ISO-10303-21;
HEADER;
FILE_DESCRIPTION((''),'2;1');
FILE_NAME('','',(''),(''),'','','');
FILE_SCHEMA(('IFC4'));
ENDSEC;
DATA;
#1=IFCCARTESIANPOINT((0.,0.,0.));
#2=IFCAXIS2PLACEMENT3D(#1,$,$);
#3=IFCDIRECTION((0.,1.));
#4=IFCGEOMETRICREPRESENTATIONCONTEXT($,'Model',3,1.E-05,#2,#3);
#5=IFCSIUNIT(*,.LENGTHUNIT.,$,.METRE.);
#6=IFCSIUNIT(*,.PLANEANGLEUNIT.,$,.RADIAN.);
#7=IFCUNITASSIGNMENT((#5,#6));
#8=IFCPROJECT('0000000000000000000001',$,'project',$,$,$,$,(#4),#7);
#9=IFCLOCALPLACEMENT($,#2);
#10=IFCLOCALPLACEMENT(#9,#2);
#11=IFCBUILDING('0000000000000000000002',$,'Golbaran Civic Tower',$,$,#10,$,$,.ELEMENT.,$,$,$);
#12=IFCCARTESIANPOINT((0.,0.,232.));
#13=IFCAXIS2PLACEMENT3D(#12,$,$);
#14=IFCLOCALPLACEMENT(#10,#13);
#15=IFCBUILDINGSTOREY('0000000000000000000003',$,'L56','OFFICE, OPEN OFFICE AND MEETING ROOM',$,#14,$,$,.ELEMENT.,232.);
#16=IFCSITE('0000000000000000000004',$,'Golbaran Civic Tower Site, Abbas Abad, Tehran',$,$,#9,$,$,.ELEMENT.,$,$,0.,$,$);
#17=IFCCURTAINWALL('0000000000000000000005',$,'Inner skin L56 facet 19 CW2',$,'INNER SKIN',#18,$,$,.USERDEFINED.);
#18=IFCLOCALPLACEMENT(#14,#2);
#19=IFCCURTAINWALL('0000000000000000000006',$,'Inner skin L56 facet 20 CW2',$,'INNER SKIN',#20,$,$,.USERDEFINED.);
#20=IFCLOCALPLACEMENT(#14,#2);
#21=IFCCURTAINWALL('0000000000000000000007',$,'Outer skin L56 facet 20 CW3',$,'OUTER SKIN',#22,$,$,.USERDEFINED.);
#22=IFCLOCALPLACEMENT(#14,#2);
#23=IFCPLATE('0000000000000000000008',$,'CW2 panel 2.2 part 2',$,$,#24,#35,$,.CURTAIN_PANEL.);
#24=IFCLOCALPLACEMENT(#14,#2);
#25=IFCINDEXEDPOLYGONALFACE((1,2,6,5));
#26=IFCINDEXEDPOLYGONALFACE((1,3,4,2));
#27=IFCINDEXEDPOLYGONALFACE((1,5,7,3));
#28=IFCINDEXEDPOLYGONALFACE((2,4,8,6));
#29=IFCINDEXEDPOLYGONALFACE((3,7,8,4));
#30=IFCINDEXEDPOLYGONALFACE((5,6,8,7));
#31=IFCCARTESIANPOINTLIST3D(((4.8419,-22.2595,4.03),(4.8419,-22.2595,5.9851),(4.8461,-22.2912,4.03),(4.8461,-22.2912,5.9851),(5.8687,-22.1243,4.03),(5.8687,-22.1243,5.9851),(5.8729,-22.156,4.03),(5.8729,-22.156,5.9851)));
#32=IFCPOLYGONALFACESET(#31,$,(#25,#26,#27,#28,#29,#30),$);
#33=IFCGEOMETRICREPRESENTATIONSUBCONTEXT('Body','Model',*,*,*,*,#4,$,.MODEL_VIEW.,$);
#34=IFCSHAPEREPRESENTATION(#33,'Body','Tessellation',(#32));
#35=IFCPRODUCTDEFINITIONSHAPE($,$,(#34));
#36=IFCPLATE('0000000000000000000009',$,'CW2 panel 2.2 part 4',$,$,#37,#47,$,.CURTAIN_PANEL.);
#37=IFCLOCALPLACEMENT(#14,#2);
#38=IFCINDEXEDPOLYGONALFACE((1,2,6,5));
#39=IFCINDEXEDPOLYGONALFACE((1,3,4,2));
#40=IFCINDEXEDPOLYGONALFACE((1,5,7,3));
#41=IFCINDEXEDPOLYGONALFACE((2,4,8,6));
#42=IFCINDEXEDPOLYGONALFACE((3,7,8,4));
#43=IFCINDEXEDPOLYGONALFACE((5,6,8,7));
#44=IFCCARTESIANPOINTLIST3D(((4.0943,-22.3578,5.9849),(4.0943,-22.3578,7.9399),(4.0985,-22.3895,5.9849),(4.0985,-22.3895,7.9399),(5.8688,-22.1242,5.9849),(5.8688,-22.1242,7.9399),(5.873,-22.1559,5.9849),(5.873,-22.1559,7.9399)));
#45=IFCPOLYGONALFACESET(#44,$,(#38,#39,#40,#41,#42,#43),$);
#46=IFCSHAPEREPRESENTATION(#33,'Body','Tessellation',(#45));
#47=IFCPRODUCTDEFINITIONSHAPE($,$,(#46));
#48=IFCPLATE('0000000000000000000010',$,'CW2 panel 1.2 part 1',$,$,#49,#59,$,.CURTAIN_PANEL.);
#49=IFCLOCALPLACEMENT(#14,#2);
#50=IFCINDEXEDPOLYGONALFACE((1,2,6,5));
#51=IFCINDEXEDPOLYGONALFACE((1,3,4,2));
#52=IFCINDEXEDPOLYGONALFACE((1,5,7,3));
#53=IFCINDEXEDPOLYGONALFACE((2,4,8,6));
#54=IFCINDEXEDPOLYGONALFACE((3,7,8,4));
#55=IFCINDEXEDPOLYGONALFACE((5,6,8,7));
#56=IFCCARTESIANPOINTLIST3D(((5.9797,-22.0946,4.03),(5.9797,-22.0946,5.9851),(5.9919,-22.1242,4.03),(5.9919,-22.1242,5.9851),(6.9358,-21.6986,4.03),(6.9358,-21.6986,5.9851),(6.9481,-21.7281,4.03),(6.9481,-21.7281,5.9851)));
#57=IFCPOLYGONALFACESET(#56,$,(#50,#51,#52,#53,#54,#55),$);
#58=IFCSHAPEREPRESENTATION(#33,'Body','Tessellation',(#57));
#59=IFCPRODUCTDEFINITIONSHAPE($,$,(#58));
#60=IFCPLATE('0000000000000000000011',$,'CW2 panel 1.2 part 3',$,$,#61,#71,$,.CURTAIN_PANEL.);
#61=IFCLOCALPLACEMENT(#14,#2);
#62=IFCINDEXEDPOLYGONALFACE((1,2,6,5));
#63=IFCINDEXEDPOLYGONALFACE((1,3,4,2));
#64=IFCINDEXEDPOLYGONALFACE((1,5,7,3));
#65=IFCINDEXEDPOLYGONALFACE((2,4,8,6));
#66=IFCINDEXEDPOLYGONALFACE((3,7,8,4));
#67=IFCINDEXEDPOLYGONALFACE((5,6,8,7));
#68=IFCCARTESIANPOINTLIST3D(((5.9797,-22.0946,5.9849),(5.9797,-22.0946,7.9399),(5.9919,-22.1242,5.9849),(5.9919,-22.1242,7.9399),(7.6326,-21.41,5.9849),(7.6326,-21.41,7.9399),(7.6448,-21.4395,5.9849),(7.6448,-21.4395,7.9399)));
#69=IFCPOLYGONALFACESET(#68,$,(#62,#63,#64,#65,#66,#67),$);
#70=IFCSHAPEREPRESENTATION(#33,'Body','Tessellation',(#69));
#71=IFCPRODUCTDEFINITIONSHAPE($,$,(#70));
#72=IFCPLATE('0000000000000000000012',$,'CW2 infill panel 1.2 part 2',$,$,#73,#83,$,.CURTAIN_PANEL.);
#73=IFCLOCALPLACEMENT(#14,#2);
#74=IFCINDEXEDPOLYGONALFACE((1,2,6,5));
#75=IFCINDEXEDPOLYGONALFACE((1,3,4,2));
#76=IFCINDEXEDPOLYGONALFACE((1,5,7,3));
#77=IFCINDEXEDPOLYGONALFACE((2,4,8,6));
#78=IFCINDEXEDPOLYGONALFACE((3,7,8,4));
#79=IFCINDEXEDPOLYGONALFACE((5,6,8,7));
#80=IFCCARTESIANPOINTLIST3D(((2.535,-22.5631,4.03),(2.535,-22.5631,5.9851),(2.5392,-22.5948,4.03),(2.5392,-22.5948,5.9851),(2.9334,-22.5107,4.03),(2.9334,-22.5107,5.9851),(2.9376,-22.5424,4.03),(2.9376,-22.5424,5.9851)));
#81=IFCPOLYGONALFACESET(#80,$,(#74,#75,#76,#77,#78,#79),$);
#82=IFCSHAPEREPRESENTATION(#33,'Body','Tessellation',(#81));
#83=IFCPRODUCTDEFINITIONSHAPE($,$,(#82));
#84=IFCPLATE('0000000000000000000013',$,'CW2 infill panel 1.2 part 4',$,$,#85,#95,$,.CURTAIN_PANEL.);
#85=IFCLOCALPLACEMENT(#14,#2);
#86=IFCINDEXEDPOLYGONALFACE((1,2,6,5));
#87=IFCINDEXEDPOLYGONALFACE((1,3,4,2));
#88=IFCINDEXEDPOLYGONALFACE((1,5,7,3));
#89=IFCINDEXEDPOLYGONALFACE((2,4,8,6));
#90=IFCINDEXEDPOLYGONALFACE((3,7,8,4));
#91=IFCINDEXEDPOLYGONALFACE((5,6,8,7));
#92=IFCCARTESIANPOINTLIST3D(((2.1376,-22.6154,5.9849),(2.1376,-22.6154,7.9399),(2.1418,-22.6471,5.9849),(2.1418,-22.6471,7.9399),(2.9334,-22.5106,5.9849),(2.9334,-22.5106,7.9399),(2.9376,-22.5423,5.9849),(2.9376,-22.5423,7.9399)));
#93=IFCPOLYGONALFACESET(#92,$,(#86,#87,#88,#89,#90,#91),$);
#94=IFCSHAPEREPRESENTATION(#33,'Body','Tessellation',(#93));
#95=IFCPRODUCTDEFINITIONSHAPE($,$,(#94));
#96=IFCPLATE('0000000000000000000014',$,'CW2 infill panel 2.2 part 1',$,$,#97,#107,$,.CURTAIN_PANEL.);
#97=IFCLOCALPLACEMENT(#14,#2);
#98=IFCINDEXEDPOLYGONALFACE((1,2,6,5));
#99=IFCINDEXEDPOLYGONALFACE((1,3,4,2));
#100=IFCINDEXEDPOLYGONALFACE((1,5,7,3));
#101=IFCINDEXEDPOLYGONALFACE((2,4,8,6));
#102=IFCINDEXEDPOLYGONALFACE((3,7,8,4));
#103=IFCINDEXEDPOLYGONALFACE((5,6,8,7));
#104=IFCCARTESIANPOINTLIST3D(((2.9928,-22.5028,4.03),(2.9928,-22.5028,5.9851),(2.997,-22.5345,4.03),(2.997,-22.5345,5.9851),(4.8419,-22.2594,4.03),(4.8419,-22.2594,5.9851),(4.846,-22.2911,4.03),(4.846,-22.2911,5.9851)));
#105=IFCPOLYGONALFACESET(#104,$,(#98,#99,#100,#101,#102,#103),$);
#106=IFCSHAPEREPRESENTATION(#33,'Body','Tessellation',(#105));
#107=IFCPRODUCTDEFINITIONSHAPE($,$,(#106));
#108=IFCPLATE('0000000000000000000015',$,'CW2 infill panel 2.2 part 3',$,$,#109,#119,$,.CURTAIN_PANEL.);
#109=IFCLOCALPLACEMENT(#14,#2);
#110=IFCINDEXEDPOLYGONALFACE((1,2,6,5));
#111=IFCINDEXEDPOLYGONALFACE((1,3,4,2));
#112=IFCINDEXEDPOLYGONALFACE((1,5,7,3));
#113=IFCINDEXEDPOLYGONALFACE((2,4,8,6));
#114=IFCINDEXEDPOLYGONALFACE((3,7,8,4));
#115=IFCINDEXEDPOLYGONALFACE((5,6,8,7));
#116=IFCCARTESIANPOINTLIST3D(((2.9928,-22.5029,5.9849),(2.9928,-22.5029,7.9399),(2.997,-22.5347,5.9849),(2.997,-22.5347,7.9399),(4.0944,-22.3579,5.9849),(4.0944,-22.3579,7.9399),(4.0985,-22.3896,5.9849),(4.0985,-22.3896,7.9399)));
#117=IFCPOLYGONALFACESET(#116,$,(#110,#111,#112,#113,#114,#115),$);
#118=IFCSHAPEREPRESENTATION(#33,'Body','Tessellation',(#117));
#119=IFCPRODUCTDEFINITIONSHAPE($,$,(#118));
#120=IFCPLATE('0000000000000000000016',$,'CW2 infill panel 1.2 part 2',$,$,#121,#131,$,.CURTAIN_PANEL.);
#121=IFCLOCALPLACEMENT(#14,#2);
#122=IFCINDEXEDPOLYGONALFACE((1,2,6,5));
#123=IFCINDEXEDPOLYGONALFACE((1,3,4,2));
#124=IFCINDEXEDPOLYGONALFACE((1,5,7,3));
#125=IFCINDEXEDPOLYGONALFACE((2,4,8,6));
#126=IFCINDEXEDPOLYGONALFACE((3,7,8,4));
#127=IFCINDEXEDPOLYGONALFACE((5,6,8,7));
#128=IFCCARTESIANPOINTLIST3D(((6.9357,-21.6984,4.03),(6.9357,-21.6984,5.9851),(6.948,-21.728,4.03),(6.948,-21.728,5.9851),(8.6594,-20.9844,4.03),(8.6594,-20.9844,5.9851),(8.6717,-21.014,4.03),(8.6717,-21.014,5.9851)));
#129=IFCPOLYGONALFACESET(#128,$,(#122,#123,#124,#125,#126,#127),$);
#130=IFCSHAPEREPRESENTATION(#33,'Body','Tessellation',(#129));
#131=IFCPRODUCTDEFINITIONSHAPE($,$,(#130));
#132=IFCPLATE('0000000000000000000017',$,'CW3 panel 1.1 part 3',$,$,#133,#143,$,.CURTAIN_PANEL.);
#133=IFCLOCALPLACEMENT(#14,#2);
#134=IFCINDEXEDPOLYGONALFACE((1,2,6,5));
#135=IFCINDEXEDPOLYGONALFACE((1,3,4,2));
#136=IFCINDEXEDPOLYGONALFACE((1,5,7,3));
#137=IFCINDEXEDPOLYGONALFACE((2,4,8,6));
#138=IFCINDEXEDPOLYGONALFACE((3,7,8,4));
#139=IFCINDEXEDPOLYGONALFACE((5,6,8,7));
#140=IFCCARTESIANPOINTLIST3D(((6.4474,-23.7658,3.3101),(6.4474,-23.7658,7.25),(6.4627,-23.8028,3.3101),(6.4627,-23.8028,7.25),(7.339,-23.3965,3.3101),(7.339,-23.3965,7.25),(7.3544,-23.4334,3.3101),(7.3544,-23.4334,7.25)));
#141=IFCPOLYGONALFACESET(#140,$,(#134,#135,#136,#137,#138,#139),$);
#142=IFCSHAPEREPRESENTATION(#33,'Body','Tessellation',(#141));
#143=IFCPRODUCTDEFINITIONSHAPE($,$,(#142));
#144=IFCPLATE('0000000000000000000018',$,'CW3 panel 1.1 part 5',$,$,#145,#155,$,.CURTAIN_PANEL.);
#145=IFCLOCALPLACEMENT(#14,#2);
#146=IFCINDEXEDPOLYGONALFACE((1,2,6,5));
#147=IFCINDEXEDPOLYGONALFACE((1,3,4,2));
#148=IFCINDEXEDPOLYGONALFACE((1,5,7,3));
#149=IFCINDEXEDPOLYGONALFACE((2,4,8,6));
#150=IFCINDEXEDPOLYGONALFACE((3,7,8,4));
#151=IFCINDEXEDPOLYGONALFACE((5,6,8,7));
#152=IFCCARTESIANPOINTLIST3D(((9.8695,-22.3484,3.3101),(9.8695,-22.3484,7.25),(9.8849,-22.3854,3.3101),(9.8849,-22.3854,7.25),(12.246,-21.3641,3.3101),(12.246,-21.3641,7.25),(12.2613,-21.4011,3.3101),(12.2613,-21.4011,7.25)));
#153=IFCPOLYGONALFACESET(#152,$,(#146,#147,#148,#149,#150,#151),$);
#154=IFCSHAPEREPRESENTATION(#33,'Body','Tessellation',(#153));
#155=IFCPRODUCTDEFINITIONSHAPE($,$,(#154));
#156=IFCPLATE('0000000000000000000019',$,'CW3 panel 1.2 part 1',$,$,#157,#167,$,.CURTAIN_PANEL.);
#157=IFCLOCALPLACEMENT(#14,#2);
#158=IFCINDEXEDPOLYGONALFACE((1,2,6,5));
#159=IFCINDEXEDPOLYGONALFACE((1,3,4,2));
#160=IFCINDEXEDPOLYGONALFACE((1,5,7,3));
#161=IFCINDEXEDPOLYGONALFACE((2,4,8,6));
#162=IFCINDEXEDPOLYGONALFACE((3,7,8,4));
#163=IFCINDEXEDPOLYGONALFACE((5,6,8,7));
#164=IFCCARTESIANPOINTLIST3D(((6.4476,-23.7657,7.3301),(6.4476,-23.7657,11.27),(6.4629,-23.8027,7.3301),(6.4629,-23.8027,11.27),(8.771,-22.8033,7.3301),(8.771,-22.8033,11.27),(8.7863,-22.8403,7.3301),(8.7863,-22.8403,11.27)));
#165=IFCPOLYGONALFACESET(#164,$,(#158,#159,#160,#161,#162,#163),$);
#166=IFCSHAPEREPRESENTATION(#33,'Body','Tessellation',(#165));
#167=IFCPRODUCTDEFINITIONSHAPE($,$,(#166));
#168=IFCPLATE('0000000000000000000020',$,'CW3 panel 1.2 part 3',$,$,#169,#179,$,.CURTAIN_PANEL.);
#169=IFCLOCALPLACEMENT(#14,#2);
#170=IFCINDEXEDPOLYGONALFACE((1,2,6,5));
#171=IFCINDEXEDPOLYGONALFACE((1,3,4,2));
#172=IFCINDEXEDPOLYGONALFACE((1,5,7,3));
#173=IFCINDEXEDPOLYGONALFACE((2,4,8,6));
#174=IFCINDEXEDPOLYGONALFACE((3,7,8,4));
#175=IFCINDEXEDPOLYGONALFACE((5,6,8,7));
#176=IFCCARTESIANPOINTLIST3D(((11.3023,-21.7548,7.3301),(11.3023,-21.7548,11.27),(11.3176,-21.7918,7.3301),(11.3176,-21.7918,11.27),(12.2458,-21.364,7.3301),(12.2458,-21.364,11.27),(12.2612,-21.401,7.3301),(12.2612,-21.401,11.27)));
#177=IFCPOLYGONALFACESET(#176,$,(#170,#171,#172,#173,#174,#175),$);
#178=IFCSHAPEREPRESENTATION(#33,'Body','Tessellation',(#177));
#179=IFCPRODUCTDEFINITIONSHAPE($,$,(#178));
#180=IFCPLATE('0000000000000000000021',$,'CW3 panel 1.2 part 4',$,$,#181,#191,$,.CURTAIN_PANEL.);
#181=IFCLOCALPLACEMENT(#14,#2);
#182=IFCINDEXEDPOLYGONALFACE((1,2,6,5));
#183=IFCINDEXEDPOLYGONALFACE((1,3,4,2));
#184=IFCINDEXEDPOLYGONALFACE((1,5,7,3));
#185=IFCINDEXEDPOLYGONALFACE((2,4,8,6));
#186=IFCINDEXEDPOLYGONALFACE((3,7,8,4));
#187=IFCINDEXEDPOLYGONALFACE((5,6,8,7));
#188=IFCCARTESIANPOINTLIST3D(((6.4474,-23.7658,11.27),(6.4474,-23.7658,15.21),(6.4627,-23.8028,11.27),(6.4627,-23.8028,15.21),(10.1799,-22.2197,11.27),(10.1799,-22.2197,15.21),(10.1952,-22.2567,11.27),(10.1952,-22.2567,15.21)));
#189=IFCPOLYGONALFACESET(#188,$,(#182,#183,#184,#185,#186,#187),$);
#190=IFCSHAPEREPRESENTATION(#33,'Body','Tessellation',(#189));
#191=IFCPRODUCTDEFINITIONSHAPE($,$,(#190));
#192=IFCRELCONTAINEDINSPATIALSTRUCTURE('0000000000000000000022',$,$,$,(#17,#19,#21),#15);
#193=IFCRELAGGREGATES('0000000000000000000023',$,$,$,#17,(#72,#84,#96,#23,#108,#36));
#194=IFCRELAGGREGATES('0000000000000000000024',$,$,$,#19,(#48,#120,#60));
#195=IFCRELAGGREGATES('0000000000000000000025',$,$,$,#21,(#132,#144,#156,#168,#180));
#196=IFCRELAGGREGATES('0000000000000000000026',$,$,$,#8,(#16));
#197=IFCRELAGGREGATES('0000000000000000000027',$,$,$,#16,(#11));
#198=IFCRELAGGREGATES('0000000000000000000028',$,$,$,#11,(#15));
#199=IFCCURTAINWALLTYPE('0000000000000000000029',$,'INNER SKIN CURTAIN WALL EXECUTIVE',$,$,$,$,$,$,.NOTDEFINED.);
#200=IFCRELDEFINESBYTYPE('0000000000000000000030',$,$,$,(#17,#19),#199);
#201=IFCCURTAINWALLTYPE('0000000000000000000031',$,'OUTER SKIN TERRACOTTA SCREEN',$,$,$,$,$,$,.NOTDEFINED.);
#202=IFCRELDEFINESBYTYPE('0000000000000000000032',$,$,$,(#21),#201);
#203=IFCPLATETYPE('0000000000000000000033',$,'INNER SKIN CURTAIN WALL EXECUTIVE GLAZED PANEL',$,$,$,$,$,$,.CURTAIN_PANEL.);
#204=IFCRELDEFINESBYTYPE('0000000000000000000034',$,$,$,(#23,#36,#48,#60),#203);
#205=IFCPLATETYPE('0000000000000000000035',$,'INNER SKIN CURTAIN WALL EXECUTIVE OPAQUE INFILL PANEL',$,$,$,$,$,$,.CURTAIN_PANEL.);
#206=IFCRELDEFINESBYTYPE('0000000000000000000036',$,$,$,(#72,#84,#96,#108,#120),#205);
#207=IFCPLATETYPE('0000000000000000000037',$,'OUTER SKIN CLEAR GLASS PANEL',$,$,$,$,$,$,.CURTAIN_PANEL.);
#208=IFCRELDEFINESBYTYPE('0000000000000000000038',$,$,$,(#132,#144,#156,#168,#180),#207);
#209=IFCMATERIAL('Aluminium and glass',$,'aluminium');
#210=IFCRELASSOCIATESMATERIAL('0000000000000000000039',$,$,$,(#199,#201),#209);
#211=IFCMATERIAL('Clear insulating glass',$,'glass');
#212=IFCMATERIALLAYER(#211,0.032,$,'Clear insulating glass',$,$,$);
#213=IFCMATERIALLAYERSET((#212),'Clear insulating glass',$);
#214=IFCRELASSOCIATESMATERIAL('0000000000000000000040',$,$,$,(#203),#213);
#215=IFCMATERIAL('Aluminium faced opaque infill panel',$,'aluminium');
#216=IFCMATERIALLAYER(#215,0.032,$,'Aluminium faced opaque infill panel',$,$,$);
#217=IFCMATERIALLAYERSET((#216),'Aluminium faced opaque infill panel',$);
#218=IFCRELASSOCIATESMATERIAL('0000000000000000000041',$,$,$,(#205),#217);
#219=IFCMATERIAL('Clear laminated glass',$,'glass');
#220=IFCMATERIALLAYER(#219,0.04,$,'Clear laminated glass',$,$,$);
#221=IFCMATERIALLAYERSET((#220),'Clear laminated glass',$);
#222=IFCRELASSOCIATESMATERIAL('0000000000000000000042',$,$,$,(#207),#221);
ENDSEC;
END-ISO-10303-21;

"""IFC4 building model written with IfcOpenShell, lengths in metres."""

from ifc_helpers import new_model, si_unit, direction, frame, origin, origin_2d, place, context, subcontext, project, spatial, rectangle, extrude, material, layer, layer_set, type_object, element, aggregate, save


model = new_model("IFC4")

# Units and contexts
model_context = context("Model", 3, precision=1e-05, world=origin(), true_north=direction((0.0, 1.0)))
body_context = subcontext(model_context, "Body", "Model", "MODEL_VIEW")
ifc_project = project(units=[si_unit("LENGTHUNIT", "METRE"), si_unit("PLANEANGLEUNIT", "RADIAN")], contexts=[model_context])

# Site, building, storey
site_placement = place(None, origin())
site = spatial("IfcSite", under=ifc_project, at=site_placement, Name="Golbaran Civic Tower Site, Abbas Abad, Tehran", CompositionType="ELEMENT", RefElevation=0.0)
building_placement = place(site_placement, origin())
building = spatial("IfcBuilding", under=site, at=building_placement, Name="Golbaran Civic Tower", CompositionType="ELEMENT")
storey_placement = place(building_placement, frame((0.0, 0.0, 232.0)))
storey = spatial("IfcBuildingStorey", under=building, at=storey_placement, Name="L56", Description="OFFICE, OPEN OFFICE AND MEETING ROOM", CompositionType="ELEMENT", Elevation=232.0)

# Curtain walls
ifc_material_1 = material(Name="Aluminium and glass", Category="aluminium")
curtain_wall_type_1 = type_object("IfcCurtainWallType", Name="INNER SKIN CURTAIN WALL EXECUTIVE", PredefinedType="NOTDEFINED", material=ifc_material_1)
curtain_wall_1_placement = place(storey_placement, origin())
curtain_wall_1 = element("IfcCurtainWall", 1, at=curtain_wall_1_placement, inside=storey, type_object=curtain_wall_type_1, Name="Inner skin L56 facet 19 CW2", ObjectType="INNER SKIN", PredefinedType="USERDEFINED")
curtain_wall_2_placement = place(storey_placement, origin())
curtain_wall_2 = element("IfcCurtainWall", 2, at=curtain_wall_2_placement, inside=storey, type_object=curtain_wall_type_1, Name="Inner skin L56 facet 20 CW2", ObjectType="INNER SKIN", PredefinedType="USERDEFINED")
curtain_wall_type_2 = type_object("IfcCurtainWallType", Name="OUTER SKIN TERRACOTTA SCREEN", PredefinedType="NOTDEFINED", material=ifc_material_1)
curtain_wall_3_placement = place(storey_placement, origin())
curtain_wall_3 = element("IfcCurtainWall", 3, at=curtain_wall_3_placement, inside=storey, type_object=curtain_wall_type_2, Name="Outer skin L56 facet 20 CW3", ObjectType="OUTER SKIN", PredefinedType="USERDEFINED")

# Plates
ifc_material_2 = material(Name="Clear insulating glass", Category="glass")
ifc_layer_1 = layer(ifc_material_2, 0.032, Name="Clear insulating glass")
ifc_layer_set_1 = layer_set([ifc_layer_1], Name="Clear insulating glass")
plate_type_1 = type_object("IfcPlateType", Name="INNER SKIN CURTAIN WALL EXECUTIVE GLAZED PANEL", PredefinedType="CURTAIN_PANEL", material=ifc_layer_set_1)
plate_1_placement = place(storey_placement, frame((5.3574, -22.2078, 4.03), z_axis=(0.0, 0.0, 1.0), x_axis=(0.991445, 0.130526, 0.0)))
plate_1 = element("IfcPlate", 4, at=plate_1_placement, type_object=plate_type_1, Name="CW2 panel 2.2 part 2", PredefinedType="CURTAIN_PANEL", context=body_context, shape_type="SweptSolid", body=[
    extrude(rectangle(XDim=1.0356, YDim=0.032, at=origin_2d()), origin(), (0.0, 0.0, 1.0), 1.9551),
])
plate_2_placement = place(storey_placement, frame((4.9836, -22.2568, 5.9849), z_axis=(0.0, 0.0, 1.0), x_axis=(0.991445, 0.130526, 0.0)))
plate_2 = element("IfcPlate", 5, at=plate_2_placement, type_object=plate_type_1, Name="CW2 panel 2.2 part 4", PredefinedType="CURTAIN_PANEL", context=body_context, shape_type="SweptSolid", body=[
    extrude(rectangle(XDim=1.7898, YDim=0.032, at=origin_2d()), origin(), (0.0, 0.0, 1.0), 1.9551),
])
plate_3_placement = place(storey_placement, frame((6.4639, -21.9114, 4.03), z_axis=(0.0, 0.0, 1.0), x_axis=(0.92388, 0.382683, 0.0)))
plate_3 = element("IfcPlate", 6, at=plate_3_placement, type_object=plate_type_1, Name="CW2 panel 1.2 part 1", PredefinedType="CURTAIN_PANEL", context=body_context, shape_type="SweptSolid", body=[
    extrude(rectangle(XDim=1.0349, YDim=0.032, at=origin_2d()), origin(), (0.0, 0.0, 1.0), 1.9551),
])
plate_4_placement = place(storey_placement, frame((6.8123, -21.7671, 5.9849), z_axis=(0.0, 0.0, 1.0), x_axis=(0.92388, 0.382683, 0.0)))
plate_4 = element("IfcPlate", 7, at=plate_4_placement, type_object=plate_type_1, Name="CW2 panel 1.2 part 3", PredefinedType="CURTAIN_PANEL", context=body_context, shape_type="SweptSolid", body=[
    extrude(rectangle(XDim=1.7891, YDim=0.032, at=origin_2d()), origin(), (0.0, 0.0, 1.0), 1.9551),
])
ifc_material_3 = material(Name="Aluminium faced opaque infill panel", Category="aluminium")
ifc_layer_2 = layer(ifc_material_3, 0.032, Name="Aluminium faced opaque infill panel")
ifc_layer_set_2 = layer_set([ifc_layer_2], Name="Aluminium faced opaque infill panel")
plate_type_2 = type_object("IfcPlateType", Name="INNER SKIN CURTAIN WALL EXECUTIVE OPAQUE INFILL PANEL", PredefinedType="CURTAIN_PANEL", material=ifc_layer_set_2)
plate_5_placement = place(storey_placement, frame((2.7363, -22.5527, 4.03), z_axis=(0.0, 0.0, 1.0), x_axis=(0.991445, 0.130526, 0.0)))
plate_5 = element("IfcPlate", 8, at=plate_5_placement, type_object=plate_type_2, Name="CW2 infill panel 1.2 part 2", PredefinedType="CURTAIN_PANEL", context=body_context, shape_type="SweptSolid", body=[
    extrude(rectangle(XDim=0.4019, YDim=0.032, at=origin_2d()), origin(), (0.0, 0.0, 1.0), 1.9551),
])
plate_6_placement = place(storey_placement, frame((2.5376, -22.5789, 5.9849), z_axis=(0.0, 0.0, 1.0), x_axis=(0.991445, 0.130526, 0.0)))
plate_6 = element("IfcPlate", 9, at=plate_6_placement, type_object=plate_type_2, Name="CW2 infill panel 1.2 part 4", PredefinedType="CURTAIN_PANEL", context=body_context, shape_type="SweptSolid", body=[
    extrude(rectangle(XDim=0.8027, YDim=0.032, at=origin_2d()), origin(), (0.0, 0.0, 1.0), 1.9551),
])
plate_7_placement = place(storey_placement, frame((3.9194, -22.397, 4.03), z_axis=(0.0, 0.0, 1.0), x_axis=(0.991445, 0.130526, 0.0)))
plate_7 = element("IfcPlate", 10, at=plate_7_placement, type_object=plate_type_2, Name="CW2 infill panel 2.2 part 1", PredefinedType="CURTAIN_PANEL", context=body_context, shape_type="SweptSolid", body=[
    extrude(rectangle(XDim=1.865, YDim=0.032, at=origin_2d()), origin(), (0.0, 0.0, 1.0), 1.9551),
])
plate_8_placement = place(storey_placement, frame((3.5457, -22.4463, 5.9849), z_axis=(0.0, 0.0, 1.0), x_axis=(0.991445, 0.130526, 0.0)))
plate_8 = element("IfcPlate", 11, at=plate_8_placement, type_object=plate_type_2, Name="CW2 infill panel 2.2 part 3", PredefinedType="CURTAIN_PANEL", context=body_context, shape_type="SweptSolid", body=[
    extrude(rectangle(XDim=1.1111, YDim=0.032, at=origin_2d()), origin(), (0.0, 0.0, 1.0), 1.9551),
])
aggregate(curtain_wall_1, [plate_5, plate_6, plate_7, plate_1, plate_8, plate_2])
plate_9_placement = place(storey_placement, frame((7.8037, -21.3562, 4.03), z_axis=(0.0, 0.0, 1.0), x_axis=(0.92388, 0.382683, 0.0)))
plate_9 = element("IfcPlate", 12, at=plate_9_placement, type_object=plate_type_2, Name="CW2 infill panel 1.2 part 2", PredefinedType="CURTAIN_PANEL", context=body_context, shape_type="SweptSolid", body=[
    extrude(rectangle(XDim=1.8657, YDim=0.032, at=origin_2d()), origin(), (0.0, 0.0, 1.0), 1.9551),
])
aggregate(curtain_wall_2, [plate_3, plate_9, plate_4])
ifc_material_4 = material(Name="Clear laminated glass", Category="glass")
ifc_layer_3 = layer(ifc_material_4, 0.04, Name="Clear laminated glass")
ifc_layer_set_3 = layer_set([ifc_layer_3], Name="Clear laminated glass")
plate_type_3 = type_object("IfcPlateType", Name="OUTER SKIN CLEAR GLASS PANEL", PredefinedType="CURTAIN_PANEL", material=ifc_layer_set_3)
plate_10_placement = place(storey_placement, frame((6.9009, -23.5996, 3.3101), z_axis=(0.0, 0.0, 1.0), x_axis=(0.92388, 0.382683, 0.0)))
plate_10 = element("IfcPlate", 13, at=plate_10_placement, type_object=plate_type_3, Name="CW3 panel 1.1 part 3", PredefinedType="CURTAIN_PANEL", context=body_context, shape_type="SweptSolid", body=[
    extrude(rectangle(XDim=0.9651, YDim=0.04, at=origin_2d()), origin(), (0.0, 0.0, 1.0), 3.9399),
])
plate_11_placement = place(storey_placement, frame((11.0654, -21.8748, 3.3101), z_axis=(0.0, 0.0, 1.0), x_axis=(0.92388, 0.382683, 0.0)))
plate_11 = element("IfcPlate", 14, at=plate_11_placement, type_object=plate_type_3, Name="CW3 panel 1.1 part 5", PredefinedType="CURTAIN_PANEL", context=body_context, shape_type="SweptSolid", body=[
    extrude(rectangle(XDim=2.5723, YDim=0.04, at=origin_2d()), origin(), (0.0, 0.0, 1.0), 3.9399),
])
plate_12_placement = place(storey_placement, frame((7.6169, -23.303, 7.3301), z_axis=(0.0, 0.0, 1.0), x_axis=(0.92388, 0.382683, 0.0)))
plate_12 = element("IfcPlate", 15, at=plate_12_placement, type_object=plate_type_3, Name="CW3 panel 1.2 part 1", PredefinedType="CURTAIN_PANEL", context=body_context, shape_type="SweptSolid", body=[
    extrude(rectangle(XDim=2.5149, YDim=0.04, at=origin_2d()), origin(), (0.0, 0.0, 1.0), 3.9399),
])
plate_13_placement = place(storey_placement, frame((11.7817, -21.5779, 7.3301), z_axis=(0.0, 0.0, 1.0), x_axis=(0.92388, 0.382683, 0.0)))
plate_13 = element("IfcPlate", 16, at=plate_13_placement, type_object=plate_type_3, Name="CW3 panel 1.2 part 3", PredefinedType="CURTAIN_PANEL", context=body_context, shape_type="SweptSolid", body=[
    extrude(rectangle(XDim=1.0212, YDim=0.04, at=origin_2d()), origin(), (0.0, 0.0, 1.0), 3.9399),
])
plate_14_placement = place(storey_placement, frame((8.3213, -23.0112, 11.27), z_axis=(0.0, 0.0, 1.0), x_axis=(0.92388, 0.382683, 0.0)))
plate_14 = element("IfcPlate", 17, at=plate_14_placement, type_object=plate_type_3, Name="CW3 panel 1.2 part 4", PredefinedType="CURTAIN_PANEL", context=body_context, shape_type="SweptSolid", body=[
    extrude(rectangle(XDim=4.04, YDim=0.04, at=origin_2d()), origin(), (0.0, 0.0, 1.0), 3.9399),
])
aggregate(curtain_wall_3, [plate_10, plate_11, plate_12, plate_13, plate_14])

save(model, "model.ifc")
